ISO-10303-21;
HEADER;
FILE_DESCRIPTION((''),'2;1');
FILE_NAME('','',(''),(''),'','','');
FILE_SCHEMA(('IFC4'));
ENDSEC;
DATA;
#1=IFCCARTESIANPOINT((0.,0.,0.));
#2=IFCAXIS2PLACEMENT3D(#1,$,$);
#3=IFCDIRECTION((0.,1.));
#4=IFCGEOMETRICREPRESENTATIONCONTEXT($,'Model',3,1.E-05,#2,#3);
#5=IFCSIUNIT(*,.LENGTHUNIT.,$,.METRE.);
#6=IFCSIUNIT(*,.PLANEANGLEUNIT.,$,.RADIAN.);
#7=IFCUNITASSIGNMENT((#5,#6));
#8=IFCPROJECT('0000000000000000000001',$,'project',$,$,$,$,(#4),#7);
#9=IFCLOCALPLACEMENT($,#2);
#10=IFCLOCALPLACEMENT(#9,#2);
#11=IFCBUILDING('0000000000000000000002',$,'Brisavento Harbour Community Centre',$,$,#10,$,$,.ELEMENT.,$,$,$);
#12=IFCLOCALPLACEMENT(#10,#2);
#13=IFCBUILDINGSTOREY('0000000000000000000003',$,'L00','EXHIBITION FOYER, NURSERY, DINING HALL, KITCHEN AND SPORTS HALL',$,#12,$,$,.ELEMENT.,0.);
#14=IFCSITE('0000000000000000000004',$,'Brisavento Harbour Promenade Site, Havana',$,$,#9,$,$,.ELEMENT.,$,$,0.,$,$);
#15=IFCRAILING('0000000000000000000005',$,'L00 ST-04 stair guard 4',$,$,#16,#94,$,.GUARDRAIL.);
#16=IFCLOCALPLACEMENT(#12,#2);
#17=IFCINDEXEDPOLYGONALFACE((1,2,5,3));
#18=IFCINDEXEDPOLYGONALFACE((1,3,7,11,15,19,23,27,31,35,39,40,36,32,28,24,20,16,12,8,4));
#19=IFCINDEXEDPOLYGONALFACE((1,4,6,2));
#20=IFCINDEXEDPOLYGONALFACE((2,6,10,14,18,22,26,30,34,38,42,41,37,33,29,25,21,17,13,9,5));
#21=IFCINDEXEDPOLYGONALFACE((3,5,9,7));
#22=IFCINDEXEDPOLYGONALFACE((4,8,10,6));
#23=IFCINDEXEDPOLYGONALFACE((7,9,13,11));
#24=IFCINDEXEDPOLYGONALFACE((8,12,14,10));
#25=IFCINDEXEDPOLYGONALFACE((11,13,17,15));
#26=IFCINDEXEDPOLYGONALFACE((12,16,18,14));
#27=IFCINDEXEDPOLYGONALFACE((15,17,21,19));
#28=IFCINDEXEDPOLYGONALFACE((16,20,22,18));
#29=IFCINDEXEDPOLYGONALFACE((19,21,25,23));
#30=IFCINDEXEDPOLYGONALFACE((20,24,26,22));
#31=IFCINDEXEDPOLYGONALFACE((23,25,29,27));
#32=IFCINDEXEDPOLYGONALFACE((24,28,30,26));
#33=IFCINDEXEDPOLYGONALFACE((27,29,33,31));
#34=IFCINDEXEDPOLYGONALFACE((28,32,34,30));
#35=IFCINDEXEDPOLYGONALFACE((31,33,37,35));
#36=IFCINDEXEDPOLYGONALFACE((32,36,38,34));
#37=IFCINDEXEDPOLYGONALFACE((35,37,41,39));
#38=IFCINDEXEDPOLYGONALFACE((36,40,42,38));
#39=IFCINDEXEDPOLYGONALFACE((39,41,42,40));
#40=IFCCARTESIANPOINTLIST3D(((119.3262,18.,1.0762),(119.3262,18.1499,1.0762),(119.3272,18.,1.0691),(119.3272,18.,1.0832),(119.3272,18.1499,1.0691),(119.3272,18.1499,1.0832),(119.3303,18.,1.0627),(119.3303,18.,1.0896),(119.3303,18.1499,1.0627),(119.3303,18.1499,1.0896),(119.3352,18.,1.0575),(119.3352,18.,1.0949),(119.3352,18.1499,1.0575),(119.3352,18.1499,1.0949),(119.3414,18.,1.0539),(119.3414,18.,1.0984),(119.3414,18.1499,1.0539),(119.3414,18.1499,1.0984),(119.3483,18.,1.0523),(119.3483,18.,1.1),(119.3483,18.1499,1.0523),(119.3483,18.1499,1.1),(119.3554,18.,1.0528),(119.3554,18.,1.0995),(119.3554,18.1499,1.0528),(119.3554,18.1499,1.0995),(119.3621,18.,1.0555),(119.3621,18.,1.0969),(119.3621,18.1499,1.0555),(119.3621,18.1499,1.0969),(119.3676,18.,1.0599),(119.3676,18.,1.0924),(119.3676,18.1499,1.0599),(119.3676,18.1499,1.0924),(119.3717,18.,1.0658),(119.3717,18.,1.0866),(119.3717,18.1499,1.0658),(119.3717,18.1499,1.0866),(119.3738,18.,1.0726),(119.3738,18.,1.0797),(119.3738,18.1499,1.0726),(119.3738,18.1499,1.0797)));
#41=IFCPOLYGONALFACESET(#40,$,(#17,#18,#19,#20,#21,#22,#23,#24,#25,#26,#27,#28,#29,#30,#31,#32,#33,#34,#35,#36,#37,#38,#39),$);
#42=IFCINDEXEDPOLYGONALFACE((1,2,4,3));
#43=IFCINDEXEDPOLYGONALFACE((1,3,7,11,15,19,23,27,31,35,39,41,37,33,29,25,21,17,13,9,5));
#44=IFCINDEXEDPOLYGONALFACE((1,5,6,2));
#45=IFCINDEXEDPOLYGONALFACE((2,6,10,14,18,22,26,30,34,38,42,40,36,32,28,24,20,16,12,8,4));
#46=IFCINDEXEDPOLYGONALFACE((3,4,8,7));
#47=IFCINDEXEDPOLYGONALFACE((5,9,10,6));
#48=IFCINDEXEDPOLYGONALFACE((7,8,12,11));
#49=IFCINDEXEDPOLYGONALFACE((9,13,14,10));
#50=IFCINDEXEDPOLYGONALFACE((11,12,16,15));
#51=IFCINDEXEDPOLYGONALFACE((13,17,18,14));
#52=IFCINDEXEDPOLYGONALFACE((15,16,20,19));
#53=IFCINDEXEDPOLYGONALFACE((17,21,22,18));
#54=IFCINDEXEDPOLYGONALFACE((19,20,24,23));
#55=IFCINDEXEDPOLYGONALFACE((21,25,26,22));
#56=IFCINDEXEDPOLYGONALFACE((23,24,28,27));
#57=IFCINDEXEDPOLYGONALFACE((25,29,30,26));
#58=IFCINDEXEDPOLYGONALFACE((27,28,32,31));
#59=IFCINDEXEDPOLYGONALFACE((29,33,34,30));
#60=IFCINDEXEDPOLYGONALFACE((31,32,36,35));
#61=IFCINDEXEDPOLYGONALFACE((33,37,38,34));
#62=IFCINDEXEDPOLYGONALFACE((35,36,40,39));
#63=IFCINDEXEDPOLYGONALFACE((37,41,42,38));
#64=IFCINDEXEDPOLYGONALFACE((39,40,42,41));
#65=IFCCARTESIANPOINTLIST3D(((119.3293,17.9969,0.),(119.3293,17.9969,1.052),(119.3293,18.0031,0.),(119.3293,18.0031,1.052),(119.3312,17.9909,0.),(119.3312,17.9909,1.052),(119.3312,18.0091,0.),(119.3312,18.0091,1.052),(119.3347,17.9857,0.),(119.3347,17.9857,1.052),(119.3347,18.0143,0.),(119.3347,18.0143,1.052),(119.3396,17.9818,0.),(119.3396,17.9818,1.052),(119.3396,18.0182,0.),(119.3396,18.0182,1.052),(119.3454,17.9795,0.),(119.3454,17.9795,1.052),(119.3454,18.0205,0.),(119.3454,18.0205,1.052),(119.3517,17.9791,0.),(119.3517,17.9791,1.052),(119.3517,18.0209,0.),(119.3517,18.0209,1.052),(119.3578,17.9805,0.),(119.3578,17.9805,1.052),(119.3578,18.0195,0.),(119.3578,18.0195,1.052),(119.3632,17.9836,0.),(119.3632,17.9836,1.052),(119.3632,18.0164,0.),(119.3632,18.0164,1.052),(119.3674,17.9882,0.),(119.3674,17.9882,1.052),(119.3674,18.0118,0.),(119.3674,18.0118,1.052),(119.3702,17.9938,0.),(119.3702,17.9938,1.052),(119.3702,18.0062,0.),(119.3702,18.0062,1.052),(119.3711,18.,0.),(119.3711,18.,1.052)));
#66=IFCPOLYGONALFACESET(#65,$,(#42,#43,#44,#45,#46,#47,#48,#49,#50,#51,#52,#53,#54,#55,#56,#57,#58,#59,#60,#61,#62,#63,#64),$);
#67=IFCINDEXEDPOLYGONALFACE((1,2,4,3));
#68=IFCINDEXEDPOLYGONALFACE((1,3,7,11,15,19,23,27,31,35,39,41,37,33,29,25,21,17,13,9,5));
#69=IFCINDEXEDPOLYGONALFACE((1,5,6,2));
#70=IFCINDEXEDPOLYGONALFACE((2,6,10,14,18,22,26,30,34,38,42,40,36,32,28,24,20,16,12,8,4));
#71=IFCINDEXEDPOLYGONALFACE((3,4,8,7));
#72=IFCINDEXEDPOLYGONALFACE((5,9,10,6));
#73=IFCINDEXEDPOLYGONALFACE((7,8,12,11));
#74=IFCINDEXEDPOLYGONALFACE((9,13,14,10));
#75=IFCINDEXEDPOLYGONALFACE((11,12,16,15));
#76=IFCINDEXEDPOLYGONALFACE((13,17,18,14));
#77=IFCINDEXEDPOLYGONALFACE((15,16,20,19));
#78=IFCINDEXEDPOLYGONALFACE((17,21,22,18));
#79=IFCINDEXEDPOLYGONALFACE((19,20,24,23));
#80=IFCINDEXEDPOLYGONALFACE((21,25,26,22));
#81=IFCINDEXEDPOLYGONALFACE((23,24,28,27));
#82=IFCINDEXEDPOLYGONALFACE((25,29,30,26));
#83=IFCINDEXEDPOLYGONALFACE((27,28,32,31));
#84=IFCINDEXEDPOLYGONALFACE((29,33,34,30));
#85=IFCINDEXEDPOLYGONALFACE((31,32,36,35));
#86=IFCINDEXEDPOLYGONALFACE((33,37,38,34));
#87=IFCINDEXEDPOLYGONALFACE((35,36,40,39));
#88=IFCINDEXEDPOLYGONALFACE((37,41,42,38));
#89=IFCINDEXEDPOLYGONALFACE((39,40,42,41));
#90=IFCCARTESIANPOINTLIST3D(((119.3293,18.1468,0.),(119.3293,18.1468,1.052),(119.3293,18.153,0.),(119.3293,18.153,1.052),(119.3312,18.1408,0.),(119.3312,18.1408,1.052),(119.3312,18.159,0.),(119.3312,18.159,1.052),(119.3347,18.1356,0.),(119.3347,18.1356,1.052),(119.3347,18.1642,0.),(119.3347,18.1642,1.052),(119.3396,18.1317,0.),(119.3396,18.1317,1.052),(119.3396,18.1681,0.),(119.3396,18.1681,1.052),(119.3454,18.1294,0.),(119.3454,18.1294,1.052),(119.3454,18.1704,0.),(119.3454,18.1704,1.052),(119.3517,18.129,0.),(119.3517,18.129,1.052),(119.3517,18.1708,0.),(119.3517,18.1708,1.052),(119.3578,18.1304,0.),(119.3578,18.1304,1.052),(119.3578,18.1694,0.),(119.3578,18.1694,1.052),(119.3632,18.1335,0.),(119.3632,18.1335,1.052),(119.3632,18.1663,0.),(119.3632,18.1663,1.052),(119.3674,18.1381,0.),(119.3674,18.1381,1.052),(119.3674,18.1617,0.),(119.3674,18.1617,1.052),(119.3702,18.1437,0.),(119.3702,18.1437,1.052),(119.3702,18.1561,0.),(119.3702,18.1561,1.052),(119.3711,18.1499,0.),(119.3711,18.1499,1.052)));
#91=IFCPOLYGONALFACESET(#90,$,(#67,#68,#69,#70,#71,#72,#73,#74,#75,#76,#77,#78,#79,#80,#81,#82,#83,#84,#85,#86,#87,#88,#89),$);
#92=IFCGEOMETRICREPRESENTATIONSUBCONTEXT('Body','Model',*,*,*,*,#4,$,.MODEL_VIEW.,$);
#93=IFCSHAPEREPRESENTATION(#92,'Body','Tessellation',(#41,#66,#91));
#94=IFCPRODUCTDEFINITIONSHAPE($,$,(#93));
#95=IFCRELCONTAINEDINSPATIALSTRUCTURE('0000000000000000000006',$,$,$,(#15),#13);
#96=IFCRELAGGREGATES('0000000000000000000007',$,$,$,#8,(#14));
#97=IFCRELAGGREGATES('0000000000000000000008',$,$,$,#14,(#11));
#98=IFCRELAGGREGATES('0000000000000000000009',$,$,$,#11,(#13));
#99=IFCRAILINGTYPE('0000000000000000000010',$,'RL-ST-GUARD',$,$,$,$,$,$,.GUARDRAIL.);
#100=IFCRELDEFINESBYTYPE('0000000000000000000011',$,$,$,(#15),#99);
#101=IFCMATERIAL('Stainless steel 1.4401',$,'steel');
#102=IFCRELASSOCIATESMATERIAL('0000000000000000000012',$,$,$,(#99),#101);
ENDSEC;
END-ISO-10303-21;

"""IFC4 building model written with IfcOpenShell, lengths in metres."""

from ifc_helpers import new_model, si_unit, direction, frame, origin, origin_2d, place, context, subcontext, project, spatial, circle, extrude, material, type_object, element, save


model = new_model("IFC4")

# Units and contexts
model_context = context("Model", 3, precision=1e-05, world=origin(), true_north=direction((0.0, 1.0)))
body_context = subcontext(model_context, "Body", "Model", "MODEL_VIEW")
ifc_project = project(units=[si_unit("LENGTHUNIT", "METRE"), si_unit("PLANEANGLEUNIT", "RADIAN")], contexts=[model_context])

# Site, building, storey
site_placement = place(None, origin())
site = spatial("IfcSite", under=ifc_project, at=site_placement, Name="Brisavento Harbour Promenade Site, Havana", CompositionType="ELEMENT", RefElevation=0.0)
building_placement = place(site_placement, origin())
building = spatial("IfcBuilding", under=site, at=building_placement, Name="Brisavento Harbour Community Centre", CompositionType="ELEMENT")
storey_placement = place(building_placement, origin())
storey = spatial("IfcBuildingStorey", under=building, at=storey_placement, Name="L00", Description="EXHIBITION FOYER, NURSERY, DINING HALL, KITCHEN AND SPORTS HALL", CompositionType="ELEMENT", Elevation=0.0)

# Railing
ifc_material_1 = material(Name="Stainless steel 1.4401", Category="steel")
railing_type_1 = type_object("IfcRailingType", Name="RL-ST-GUARD", PredefinedType="GUARDRAIL", material=ifc_material_1)
railing_1_placement = place(storey_placement, frame((119.3501, 18.0, 0.0)))
element("IfcRailing", 1, at=railing_1_placement, inside=storey, type_object=railing_type_1, Name="L00 ST-04 stair guard 4", PredefinedType="GUARDRAIL", context=body_context, shape_type="SweptSolid", body=[
    extrude(circle(Radius=0.0239, at=origin_2d()), frame((0.0, 0.0, 1.0762), z_axis=(0.0, 1.0, 0.0), x_axis=(-1.0, 0.0, 0.0)), (0.0, 0.0, 1.0), 0.1499),
    extrude(circle(Radius=0.021, at=origin_2d()), origin(), (0.0, 0.0, 1.0), 1.052),
    extrude(circle(Radius=0.021, at=origin_2d()), frame((0.0, 0.1499, 0.0)), (0.0, 0.0, 1.0), 1.052),
])

save(model, "model.ifc")
